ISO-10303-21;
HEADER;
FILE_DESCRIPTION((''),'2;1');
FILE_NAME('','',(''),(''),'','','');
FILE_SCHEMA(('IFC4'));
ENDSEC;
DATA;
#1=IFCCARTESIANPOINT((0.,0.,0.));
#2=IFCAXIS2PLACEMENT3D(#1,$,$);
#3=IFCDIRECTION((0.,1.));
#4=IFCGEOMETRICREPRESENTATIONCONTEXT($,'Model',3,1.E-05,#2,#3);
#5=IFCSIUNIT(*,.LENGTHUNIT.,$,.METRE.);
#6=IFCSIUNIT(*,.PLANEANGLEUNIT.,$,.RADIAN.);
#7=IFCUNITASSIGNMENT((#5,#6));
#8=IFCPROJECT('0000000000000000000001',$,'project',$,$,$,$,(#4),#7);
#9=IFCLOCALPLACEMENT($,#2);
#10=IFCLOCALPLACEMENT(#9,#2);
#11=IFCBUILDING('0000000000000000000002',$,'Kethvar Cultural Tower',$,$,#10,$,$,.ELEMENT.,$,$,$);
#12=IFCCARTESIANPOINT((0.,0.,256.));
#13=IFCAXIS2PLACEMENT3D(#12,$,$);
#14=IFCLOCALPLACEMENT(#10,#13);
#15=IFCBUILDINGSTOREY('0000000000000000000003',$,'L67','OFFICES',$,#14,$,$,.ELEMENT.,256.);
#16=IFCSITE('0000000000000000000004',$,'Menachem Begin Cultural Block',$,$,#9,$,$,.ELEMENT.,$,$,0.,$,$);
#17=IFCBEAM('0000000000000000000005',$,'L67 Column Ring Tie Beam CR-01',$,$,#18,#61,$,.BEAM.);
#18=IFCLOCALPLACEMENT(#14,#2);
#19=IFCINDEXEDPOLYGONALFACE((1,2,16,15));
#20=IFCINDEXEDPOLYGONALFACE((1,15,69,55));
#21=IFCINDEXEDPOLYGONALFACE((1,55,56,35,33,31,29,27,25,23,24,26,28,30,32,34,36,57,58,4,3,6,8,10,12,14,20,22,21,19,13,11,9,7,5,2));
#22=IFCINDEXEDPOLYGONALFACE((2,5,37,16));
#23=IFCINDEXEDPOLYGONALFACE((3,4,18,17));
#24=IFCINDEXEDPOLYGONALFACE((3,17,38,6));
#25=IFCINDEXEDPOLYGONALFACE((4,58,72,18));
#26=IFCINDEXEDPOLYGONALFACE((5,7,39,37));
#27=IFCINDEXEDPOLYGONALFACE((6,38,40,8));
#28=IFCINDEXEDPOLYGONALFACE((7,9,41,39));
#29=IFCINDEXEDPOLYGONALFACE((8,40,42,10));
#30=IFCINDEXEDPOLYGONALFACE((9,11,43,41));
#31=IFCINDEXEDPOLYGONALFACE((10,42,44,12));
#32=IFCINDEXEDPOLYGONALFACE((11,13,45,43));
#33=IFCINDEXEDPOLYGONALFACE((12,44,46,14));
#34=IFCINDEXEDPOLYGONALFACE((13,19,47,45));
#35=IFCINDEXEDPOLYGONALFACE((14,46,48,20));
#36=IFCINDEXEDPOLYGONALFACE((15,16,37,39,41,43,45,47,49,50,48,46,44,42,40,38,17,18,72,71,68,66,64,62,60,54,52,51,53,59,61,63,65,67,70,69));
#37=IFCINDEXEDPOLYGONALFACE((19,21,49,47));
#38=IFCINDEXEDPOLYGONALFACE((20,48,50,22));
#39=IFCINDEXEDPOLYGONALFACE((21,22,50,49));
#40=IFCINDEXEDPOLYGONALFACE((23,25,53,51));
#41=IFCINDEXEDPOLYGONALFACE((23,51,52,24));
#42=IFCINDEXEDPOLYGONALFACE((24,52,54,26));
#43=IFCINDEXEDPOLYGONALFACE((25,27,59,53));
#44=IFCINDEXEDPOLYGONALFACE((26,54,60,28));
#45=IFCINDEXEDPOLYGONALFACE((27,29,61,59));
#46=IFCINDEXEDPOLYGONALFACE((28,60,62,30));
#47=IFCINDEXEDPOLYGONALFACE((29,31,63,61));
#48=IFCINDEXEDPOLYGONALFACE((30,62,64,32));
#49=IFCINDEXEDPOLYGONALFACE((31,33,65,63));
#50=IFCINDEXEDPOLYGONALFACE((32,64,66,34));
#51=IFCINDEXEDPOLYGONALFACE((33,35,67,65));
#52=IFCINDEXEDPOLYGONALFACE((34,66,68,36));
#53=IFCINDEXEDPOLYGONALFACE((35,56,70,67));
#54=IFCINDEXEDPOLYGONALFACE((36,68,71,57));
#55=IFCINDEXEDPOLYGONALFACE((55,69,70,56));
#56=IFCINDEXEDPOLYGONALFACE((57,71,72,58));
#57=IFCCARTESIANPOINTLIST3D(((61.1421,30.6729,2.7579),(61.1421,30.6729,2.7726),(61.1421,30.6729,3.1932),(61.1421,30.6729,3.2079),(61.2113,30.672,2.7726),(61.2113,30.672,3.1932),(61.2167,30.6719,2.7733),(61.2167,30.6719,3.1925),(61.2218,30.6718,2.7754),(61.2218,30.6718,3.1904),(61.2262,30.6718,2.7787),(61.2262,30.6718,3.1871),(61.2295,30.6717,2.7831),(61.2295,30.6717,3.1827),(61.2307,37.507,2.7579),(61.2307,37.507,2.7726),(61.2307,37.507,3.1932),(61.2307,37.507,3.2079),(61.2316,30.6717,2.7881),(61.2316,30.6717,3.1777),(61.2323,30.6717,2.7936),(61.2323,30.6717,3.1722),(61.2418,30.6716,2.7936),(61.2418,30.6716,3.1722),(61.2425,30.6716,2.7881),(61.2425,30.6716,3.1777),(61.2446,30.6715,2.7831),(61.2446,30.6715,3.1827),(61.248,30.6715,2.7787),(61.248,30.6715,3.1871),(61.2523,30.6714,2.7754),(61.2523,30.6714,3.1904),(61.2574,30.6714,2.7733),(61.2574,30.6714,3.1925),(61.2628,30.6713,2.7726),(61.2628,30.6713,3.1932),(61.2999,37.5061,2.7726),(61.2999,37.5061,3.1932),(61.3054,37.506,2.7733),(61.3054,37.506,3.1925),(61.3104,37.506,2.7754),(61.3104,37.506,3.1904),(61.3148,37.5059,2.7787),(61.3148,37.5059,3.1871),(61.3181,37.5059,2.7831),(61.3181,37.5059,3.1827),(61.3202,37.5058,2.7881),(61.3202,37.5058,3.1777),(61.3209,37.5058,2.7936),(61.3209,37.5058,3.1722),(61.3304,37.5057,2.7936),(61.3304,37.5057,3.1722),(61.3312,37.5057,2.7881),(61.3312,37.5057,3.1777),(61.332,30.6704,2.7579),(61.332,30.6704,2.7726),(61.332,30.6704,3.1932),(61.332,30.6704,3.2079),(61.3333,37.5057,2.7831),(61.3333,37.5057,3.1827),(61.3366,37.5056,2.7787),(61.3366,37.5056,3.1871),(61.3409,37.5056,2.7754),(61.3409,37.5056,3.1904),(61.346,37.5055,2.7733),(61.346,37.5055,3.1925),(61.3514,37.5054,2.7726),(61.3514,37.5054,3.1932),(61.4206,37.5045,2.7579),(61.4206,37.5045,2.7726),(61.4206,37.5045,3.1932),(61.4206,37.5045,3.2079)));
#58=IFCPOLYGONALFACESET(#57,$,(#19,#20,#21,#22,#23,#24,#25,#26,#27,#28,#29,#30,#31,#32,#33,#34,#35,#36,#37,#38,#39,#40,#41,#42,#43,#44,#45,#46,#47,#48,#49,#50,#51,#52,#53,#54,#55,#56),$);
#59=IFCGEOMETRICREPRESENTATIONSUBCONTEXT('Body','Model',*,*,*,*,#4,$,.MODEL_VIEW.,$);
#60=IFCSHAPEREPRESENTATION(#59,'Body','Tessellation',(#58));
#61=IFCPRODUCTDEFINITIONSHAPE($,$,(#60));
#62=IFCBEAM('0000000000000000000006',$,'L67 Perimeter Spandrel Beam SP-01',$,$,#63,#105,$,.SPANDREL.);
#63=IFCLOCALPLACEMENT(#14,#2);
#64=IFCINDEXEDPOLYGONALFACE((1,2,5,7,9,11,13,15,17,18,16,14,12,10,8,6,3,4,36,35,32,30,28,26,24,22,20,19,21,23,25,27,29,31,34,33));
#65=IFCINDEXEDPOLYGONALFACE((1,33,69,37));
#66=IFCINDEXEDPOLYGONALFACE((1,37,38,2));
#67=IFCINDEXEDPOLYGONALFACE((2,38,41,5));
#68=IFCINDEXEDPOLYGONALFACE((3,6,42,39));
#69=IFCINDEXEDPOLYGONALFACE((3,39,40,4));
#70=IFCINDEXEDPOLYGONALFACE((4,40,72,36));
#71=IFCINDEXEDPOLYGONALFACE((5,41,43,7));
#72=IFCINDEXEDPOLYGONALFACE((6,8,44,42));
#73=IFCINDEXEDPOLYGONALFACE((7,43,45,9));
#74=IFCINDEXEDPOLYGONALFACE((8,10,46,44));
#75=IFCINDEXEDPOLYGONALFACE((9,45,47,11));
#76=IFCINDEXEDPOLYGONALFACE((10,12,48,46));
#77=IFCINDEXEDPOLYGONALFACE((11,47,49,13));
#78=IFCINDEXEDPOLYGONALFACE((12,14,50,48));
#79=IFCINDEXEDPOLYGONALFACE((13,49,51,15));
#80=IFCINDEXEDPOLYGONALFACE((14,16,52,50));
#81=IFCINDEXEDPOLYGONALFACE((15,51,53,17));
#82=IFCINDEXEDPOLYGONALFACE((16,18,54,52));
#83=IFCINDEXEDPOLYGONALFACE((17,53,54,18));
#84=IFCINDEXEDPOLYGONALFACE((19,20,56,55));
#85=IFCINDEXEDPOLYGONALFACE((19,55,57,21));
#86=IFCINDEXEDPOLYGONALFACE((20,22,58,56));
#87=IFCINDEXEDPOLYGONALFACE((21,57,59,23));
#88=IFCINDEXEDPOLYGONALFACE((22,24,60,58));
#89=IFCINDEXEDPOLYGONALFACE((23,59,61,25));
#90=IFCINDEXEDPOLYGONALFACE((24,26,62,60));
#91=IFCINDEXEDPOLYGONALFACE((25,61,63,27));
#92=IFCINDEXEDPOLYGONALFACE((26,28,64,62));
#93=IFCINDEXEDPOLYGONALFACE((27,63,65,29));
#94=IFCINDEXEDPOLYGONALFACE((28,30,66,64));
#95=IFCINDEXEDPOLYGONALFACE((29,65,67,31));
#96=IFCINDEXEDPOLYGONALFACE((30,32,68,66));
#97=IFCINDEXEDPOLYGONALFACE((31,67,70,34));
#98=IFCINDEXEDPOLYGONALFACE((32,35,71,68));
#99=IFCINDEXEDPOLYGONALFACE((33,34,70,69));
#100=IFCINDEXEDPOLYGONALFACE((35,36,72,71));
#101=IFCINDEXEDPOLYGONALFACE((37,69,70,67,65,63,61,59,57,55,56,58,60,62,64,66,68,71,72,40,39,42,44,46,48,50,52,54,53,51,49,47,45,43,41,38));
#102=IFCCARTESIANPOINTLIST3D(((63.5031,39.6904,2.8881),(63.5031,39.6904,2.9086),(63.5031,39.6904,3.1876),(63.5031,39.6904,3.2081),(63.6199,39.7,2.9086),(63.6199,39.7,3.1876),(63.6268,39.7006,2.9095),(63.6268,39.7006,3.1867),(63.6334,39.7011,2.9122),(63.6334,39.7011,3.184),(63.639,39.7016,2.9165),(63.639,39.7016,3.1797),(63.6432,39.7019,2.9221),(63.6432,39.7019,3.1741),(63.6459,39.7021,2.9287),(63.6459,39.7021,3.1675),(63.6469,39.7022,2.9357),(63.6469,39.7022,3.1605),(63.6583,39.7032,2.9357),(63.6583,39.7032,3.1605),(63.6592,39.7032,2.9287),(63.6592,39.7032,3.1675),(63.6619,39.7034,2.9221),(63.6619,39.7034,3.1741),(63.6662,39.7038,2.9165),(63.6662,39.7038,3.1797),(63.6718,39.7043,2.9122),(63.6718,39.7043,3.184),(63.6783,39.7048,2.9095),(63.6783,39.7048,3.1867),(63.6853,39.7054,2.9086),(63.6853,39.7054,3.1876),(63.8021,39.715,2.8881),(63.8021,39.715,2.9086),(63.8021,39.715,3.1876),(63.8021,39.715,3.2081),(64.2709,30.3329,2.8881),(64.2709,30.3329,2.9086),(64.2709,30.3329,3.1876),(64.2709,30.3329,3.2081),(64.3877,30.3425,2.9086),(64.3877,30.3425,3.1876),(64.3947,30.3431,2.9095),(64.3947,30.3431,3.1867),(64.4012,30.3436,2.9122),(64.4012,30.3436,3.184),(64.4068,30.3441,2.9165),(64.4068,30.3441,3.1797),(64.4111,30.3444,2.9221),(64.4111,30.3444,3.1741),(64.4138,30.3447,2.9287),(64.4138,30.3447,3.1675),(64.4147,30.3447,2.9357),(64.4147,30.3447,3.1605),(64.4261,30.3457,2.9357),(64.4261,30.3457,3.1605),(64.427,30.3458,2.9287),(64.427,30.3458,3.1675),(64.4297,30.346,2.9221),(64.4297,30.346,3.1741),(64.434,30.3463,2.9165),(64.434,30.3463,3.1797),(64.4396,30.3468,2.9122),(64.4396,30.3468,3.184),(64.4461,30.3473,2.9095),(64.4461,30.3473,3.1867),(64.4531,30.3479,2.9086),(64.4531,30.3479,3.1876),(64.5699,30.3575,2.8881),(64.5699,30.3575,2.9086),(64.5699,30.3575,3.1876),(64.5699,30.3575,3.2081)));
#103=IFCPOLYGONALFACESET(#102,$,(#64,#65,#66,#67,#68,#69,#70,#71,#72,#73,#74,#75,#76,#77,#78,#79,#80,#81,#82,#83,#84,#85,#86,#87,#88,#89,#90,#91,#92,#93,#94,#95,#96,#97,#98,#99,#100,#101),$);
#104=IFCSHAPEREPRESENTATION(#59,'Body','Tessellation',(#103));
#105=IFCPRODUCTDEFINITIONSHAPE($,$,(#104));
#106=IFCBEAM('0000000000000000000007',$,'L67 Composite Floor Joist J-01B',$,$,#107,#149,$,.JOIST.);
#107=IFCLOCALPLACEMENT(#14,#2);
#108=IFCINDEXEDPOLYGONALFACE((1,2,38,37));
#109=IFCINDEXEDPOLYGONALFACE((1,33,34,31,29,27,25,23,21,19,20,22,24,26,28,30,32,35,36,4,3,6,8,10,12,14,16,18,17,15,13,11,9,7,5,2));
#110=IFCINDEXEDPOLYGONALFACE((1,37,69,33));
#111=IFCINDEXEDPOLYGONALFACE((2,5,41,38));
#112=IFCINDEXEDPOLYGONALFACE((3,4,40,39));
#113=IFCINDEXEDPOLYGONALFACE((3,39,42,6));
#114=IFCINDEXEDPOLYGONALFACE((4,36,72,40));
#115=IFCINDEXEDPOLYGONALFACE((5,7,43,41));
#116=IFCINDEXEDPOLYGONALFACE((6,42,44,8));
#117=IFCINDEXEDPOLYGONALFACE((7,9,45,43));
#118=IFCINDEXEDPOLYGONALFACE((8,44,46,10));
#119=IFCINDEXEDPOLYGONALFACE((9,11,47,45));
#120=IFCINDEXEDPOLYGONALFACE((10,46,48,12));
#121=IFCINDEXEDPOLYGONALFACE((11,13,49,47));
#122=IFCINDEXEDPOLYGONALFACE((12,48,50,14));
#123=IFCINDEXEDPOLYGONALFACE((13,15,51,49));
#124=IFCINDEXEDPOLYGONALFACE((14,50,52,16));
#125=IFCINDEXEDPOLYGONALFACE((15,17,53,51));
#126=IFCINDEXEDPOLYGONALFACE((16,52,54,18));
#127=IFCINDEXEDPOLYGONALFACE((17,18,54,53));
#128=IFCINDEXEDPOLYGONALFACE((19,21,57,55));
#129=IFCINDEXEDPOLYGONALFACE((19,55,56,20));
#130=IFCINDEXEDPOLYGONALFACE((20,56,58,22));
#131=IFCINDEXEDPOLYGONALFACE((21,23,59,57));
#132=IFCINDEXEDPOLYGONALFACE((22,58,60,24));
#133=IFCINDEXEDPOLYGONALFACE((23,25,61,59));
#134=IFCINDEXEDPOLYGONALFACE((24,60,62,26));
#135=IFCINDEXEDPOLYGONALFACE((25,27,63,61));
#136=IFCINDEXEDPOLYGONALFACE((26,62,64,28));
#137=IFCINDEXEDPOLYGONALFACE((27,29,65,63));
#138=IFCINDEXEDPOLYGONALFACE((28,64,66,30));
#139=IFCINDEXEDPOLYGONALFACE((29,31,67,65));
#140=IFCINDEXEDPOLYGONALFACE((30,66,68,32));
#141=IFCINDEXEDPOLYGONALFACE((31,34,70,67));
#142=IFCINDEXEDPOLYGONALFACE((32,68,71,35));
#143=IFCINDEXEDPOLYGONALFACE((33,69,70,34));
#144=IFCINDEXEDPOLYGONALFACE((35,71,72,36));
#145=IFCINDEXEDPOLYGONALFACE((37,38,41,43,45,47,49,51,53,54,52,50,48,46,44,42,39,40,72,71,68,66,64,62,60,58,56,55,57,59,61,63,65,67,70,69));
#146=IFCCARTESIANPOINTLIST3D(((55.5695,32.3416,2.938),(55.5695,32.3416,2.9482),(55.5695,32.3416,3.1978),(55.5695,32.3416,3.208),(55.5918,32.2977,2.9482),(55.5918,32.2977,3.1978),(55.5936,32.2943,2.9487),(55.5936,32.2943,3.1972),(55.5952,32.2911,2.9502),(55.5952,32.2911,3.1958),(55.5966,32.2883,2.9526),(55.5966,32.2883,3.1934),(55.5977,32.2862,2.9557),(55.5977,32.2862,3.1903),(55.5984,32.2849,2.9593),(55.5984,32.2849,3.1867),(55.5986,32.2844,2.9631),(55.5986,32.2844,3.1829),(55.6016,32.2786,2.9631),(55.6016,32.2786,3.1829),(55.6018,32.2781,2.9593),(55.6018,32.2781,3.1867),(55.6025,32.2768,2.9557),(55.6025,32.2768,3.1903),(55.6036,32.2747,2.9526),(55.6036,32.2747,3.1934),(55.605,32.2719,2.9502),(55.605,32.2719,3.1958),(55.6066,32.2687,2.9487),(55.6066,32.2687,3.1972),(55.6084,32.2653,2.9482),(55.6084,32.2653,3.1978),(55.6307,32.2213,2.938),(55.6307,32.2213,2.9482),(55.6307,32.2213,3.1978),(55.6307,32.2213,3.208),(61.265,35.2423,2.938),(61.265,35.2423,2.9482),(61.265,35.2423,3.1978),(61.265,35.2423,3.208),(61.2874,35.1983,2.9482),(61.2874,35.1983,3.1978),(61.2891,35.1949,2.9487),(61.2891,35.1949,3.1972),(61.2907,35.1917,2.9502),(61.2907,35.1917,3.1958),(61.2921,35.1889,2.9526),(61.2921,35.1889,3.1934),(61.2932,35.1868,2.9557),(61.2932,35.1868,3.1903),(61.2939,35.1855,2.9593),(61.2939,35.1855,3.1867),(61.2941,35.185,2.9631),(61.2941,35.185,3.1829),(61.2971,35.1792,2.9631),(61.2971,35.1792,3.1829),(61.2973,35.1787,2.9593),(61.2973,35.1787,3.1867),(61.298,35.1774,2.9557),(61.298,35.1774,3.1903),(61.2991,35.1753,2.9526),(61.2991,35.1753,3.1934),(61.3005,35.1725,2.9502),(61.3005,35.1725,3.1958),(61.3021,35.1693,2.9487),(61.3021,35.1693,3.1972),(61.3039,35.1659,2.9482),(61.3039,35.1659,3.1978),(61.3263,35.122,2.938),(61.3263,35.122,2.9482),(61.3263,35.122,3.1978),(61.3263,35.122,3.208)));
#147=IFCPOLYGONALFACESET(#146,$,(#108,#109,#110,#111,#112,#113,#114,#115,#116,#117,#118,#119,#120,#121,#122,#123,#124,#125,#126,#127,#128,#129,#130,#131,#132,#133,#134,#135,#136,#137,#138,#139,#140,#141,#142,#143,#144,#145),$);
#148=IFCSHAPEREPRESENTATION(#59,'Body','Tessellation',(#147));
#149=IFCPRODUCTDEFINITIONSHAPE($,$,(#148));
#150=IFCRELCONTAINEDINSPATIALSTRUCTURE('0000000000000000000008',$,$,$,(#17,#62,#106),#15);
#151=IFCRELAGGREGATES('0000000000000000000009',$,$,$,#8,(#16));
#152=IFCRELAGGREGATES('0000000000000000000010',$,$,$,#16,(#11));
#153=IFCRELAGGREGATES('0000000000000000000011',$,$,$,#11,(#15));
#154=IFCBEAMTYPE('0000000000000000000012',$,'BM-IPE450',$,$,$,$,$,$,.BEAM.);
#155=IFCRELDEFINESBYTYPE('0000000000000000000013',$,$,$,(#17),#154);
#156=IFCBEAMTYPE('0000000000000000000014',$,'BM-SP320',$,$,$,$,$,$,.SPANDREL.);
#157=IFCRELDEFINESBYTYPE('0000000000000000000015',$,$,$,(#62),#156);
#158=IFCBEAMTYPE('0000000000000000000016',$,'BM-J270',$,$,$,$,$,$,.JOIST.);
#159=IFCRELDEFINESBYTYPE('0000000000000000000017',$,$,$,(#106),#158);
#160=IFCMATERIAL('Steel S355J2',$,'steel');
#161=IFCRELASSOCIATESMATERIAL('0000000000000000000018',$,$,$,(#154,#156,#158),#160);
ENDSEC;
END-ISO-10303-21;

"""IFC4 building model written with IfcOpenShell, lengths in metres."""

from ifc_helpers import new_model, si_unit, direction, frame, origin, origin_2d, place, context, subcontext, project, spatial, i_section, extrude, source, transform, mapped, material, material_profile, profile_set, type_object, element, save


model = new_model("IFC4")

# Units and contexts
model_context = context("Model", 3, precision=1e-05, world=origin(), true_north=direction((0.0, 1.0)))
body_context = subcontext(model_context, "Body", "Model", "MODEL_VIEW")
ifc_project = project(units=[si_unit("LENGTHUNIT", "METRE"), si_unit("PLANEANGLEUNIT", "RADIAN")], contexts=[model_context])

# Site, building, storey
site_placement = place(None, origin())
site = spatial("IfcSite", under=ifc_project, at=site_placement, Name="Menachem Begin Cultural Block", CompositionType="ELEMENT", RefElevation=0.0)
building_placement = place(site_placement, origin())
building = spatial("IfcBuilding", under=site, at=building_placement, Name="Kethvar Cultural Tower", CompositionType="ELEMENT")
storey_placement = place(building_placement, frame((0.0, 0.0, 256.0)))
storey = spatial("IfcBuildingStorey", under=building, at=storey_placement, Name="L67", Description="OFFICES", CompositionType="ELEMENT", Elevation=256.0)

# Beams
ifc_material_1 = material(Name="Steel S355J2", Category="steel")
ifc_material_profile_1 = material_profile(ifc_material_1, i_section(OverallWidth=0.1899, OverallDepth=0.45, WebThickness=0.0095, FlangeThickness=0.0146, FilletRadius=0.021, at=origin_2d()), Name="Steel S355J2 — IPE450")
ifc_profile_set_1 = profile_set([ifc_material_profile_1], Name="Steel S355J2 — IPE450")
beam_type_1 = type_object("IfcBeamType", Name="BM-IPE450", PredefinedType="BEAM", material=ifc_profile_set_1)
shared_shape_1 = source(origin(), body_context, "Body", "SweptSolid", [
    extrude(i_section(OverallWidth=0.1899, OverallDepth=0.45, WebThickness=0.0095, FlangeThickness=0.0146, FilletRadius=0.021, at=origin_2d()), origin(), (0.0, 0.0, 1.0), 6.8347),
])
beam_1_placement = place(storey_placement, frame((61.2371, 30.6716, 2.9829), z_axis=(0.012966, 0.999916, 0.0), x_axis=(-0.999916, 0.012966, 0.0)))
element("IfcBeam", 1, at=beam_1_placement, inside=storey, type_object=beam_type_1, Name="L67 Column Ring Tie Beam CR-01", PredefinedType="BEAM", context=body_context, shape_type="MappedRepresentation", body=[
    mapped(shared_shape_1, transform((0.0, 0.0, 0.0), scale=1.0)),
])
ifc_material_profile_2 = material_profile(ifc_material_1, i_section(OverallWidth=0.3, OverallDepth=0.3201, WebThickness=0.0115, FlangeThickness=0.0205, FilletRadius=0.0271, at=origin_2d()), Name="Steel S355J2 — HEB320")
ifc_profile_set_2 = profile_set([ifc_material_profile_2], Name="Steel S355J2 — HEB320")
beam_type_2 = type_object("IfcBeamType", Name="BM-SP320", PredefinedType="SPANDREL", material=ifc_profile_set_2)
shared_shape_2 = source(origin(), body_context, "Body", "SweptSolid", [
    extrude(i_section(OverallWidth=0.3, OverallDepth=0.3201, WebThickness=0.0115, FlangeThickness=0.0205, FilletRadius=0.0271, at=origin_2d()), origin(), (0.0, 0.0, 1.0), 9.3889),
])
beam_2_placement = place(storey_placement, frame((64.4204, 30.3452, 3.0481), z_axis=(-0.08178, 0.99665, 0.0), x_axis=(-0.99665, -0.08178, 0.0)))
element("IfcBeam", 2, at=beam_2_placement, inside=storey, type_object=beam_type_2, Name="L67 Perimeter Spandrel Beam SP-01", PredefinedType="SPANDREL", context=body_context, shape_type="MappedRepresentation", body=[
    mapped(shared_shape_2, transform((0.0, 0.0, 0.0), scale=1.0)),
])
ifc_material_profile_3 = material_profile(ifc_material_1, i_section(OverallWidth=0.135, OverallDepth=0.27, WebThickness=0.0066, FlangeThickness=0.0103, FilletRadius=0.0149, at=origin_2d()), Name="Steel S355J2 — IPE270")
ifc_profile_set_3 = profile_set([ifc_material_profile_3], Name="Steel S355J2 — IPE270")
beam_type_3 = type_object("IfcBeamType", Name="BM-J270", PredefinedType="JOIST", material=ifc_profile_set_3)
shared_shape_3 = source(origin(), body_context, "Body", "SweptSolid", [
    extrude(i_section(OverallWidth=0.135, OverallDepth=0.27, WebThickness=0.0066, FlangeThickness=0.0103, FilletRadius=0.0149, at=origin_2d()), origin(), (0.0, 0.0, 1.0), 6.3916),
])
beam_3_placement = place(storey_placement, frame((55.6001, 32.2815, 3.073), z_axis=(0.891095, 0.453817, 0.0), x_axis=(-0.453817, 0.891095, 0.0)))
element("IfcBeam", 3, at=beam_3_placement, inside=storey, type_object=beam_type_3, Name="L67 Composite Floor Joist J-01B", PredefinedType="JOIST", context=body_context, shape_type="MappedRepresentation", body=[
    mapped(shared_shape_3, transform((0.0, 0.0, 0.0), scale=1.0)),
])

save(model, "model.ifc")
